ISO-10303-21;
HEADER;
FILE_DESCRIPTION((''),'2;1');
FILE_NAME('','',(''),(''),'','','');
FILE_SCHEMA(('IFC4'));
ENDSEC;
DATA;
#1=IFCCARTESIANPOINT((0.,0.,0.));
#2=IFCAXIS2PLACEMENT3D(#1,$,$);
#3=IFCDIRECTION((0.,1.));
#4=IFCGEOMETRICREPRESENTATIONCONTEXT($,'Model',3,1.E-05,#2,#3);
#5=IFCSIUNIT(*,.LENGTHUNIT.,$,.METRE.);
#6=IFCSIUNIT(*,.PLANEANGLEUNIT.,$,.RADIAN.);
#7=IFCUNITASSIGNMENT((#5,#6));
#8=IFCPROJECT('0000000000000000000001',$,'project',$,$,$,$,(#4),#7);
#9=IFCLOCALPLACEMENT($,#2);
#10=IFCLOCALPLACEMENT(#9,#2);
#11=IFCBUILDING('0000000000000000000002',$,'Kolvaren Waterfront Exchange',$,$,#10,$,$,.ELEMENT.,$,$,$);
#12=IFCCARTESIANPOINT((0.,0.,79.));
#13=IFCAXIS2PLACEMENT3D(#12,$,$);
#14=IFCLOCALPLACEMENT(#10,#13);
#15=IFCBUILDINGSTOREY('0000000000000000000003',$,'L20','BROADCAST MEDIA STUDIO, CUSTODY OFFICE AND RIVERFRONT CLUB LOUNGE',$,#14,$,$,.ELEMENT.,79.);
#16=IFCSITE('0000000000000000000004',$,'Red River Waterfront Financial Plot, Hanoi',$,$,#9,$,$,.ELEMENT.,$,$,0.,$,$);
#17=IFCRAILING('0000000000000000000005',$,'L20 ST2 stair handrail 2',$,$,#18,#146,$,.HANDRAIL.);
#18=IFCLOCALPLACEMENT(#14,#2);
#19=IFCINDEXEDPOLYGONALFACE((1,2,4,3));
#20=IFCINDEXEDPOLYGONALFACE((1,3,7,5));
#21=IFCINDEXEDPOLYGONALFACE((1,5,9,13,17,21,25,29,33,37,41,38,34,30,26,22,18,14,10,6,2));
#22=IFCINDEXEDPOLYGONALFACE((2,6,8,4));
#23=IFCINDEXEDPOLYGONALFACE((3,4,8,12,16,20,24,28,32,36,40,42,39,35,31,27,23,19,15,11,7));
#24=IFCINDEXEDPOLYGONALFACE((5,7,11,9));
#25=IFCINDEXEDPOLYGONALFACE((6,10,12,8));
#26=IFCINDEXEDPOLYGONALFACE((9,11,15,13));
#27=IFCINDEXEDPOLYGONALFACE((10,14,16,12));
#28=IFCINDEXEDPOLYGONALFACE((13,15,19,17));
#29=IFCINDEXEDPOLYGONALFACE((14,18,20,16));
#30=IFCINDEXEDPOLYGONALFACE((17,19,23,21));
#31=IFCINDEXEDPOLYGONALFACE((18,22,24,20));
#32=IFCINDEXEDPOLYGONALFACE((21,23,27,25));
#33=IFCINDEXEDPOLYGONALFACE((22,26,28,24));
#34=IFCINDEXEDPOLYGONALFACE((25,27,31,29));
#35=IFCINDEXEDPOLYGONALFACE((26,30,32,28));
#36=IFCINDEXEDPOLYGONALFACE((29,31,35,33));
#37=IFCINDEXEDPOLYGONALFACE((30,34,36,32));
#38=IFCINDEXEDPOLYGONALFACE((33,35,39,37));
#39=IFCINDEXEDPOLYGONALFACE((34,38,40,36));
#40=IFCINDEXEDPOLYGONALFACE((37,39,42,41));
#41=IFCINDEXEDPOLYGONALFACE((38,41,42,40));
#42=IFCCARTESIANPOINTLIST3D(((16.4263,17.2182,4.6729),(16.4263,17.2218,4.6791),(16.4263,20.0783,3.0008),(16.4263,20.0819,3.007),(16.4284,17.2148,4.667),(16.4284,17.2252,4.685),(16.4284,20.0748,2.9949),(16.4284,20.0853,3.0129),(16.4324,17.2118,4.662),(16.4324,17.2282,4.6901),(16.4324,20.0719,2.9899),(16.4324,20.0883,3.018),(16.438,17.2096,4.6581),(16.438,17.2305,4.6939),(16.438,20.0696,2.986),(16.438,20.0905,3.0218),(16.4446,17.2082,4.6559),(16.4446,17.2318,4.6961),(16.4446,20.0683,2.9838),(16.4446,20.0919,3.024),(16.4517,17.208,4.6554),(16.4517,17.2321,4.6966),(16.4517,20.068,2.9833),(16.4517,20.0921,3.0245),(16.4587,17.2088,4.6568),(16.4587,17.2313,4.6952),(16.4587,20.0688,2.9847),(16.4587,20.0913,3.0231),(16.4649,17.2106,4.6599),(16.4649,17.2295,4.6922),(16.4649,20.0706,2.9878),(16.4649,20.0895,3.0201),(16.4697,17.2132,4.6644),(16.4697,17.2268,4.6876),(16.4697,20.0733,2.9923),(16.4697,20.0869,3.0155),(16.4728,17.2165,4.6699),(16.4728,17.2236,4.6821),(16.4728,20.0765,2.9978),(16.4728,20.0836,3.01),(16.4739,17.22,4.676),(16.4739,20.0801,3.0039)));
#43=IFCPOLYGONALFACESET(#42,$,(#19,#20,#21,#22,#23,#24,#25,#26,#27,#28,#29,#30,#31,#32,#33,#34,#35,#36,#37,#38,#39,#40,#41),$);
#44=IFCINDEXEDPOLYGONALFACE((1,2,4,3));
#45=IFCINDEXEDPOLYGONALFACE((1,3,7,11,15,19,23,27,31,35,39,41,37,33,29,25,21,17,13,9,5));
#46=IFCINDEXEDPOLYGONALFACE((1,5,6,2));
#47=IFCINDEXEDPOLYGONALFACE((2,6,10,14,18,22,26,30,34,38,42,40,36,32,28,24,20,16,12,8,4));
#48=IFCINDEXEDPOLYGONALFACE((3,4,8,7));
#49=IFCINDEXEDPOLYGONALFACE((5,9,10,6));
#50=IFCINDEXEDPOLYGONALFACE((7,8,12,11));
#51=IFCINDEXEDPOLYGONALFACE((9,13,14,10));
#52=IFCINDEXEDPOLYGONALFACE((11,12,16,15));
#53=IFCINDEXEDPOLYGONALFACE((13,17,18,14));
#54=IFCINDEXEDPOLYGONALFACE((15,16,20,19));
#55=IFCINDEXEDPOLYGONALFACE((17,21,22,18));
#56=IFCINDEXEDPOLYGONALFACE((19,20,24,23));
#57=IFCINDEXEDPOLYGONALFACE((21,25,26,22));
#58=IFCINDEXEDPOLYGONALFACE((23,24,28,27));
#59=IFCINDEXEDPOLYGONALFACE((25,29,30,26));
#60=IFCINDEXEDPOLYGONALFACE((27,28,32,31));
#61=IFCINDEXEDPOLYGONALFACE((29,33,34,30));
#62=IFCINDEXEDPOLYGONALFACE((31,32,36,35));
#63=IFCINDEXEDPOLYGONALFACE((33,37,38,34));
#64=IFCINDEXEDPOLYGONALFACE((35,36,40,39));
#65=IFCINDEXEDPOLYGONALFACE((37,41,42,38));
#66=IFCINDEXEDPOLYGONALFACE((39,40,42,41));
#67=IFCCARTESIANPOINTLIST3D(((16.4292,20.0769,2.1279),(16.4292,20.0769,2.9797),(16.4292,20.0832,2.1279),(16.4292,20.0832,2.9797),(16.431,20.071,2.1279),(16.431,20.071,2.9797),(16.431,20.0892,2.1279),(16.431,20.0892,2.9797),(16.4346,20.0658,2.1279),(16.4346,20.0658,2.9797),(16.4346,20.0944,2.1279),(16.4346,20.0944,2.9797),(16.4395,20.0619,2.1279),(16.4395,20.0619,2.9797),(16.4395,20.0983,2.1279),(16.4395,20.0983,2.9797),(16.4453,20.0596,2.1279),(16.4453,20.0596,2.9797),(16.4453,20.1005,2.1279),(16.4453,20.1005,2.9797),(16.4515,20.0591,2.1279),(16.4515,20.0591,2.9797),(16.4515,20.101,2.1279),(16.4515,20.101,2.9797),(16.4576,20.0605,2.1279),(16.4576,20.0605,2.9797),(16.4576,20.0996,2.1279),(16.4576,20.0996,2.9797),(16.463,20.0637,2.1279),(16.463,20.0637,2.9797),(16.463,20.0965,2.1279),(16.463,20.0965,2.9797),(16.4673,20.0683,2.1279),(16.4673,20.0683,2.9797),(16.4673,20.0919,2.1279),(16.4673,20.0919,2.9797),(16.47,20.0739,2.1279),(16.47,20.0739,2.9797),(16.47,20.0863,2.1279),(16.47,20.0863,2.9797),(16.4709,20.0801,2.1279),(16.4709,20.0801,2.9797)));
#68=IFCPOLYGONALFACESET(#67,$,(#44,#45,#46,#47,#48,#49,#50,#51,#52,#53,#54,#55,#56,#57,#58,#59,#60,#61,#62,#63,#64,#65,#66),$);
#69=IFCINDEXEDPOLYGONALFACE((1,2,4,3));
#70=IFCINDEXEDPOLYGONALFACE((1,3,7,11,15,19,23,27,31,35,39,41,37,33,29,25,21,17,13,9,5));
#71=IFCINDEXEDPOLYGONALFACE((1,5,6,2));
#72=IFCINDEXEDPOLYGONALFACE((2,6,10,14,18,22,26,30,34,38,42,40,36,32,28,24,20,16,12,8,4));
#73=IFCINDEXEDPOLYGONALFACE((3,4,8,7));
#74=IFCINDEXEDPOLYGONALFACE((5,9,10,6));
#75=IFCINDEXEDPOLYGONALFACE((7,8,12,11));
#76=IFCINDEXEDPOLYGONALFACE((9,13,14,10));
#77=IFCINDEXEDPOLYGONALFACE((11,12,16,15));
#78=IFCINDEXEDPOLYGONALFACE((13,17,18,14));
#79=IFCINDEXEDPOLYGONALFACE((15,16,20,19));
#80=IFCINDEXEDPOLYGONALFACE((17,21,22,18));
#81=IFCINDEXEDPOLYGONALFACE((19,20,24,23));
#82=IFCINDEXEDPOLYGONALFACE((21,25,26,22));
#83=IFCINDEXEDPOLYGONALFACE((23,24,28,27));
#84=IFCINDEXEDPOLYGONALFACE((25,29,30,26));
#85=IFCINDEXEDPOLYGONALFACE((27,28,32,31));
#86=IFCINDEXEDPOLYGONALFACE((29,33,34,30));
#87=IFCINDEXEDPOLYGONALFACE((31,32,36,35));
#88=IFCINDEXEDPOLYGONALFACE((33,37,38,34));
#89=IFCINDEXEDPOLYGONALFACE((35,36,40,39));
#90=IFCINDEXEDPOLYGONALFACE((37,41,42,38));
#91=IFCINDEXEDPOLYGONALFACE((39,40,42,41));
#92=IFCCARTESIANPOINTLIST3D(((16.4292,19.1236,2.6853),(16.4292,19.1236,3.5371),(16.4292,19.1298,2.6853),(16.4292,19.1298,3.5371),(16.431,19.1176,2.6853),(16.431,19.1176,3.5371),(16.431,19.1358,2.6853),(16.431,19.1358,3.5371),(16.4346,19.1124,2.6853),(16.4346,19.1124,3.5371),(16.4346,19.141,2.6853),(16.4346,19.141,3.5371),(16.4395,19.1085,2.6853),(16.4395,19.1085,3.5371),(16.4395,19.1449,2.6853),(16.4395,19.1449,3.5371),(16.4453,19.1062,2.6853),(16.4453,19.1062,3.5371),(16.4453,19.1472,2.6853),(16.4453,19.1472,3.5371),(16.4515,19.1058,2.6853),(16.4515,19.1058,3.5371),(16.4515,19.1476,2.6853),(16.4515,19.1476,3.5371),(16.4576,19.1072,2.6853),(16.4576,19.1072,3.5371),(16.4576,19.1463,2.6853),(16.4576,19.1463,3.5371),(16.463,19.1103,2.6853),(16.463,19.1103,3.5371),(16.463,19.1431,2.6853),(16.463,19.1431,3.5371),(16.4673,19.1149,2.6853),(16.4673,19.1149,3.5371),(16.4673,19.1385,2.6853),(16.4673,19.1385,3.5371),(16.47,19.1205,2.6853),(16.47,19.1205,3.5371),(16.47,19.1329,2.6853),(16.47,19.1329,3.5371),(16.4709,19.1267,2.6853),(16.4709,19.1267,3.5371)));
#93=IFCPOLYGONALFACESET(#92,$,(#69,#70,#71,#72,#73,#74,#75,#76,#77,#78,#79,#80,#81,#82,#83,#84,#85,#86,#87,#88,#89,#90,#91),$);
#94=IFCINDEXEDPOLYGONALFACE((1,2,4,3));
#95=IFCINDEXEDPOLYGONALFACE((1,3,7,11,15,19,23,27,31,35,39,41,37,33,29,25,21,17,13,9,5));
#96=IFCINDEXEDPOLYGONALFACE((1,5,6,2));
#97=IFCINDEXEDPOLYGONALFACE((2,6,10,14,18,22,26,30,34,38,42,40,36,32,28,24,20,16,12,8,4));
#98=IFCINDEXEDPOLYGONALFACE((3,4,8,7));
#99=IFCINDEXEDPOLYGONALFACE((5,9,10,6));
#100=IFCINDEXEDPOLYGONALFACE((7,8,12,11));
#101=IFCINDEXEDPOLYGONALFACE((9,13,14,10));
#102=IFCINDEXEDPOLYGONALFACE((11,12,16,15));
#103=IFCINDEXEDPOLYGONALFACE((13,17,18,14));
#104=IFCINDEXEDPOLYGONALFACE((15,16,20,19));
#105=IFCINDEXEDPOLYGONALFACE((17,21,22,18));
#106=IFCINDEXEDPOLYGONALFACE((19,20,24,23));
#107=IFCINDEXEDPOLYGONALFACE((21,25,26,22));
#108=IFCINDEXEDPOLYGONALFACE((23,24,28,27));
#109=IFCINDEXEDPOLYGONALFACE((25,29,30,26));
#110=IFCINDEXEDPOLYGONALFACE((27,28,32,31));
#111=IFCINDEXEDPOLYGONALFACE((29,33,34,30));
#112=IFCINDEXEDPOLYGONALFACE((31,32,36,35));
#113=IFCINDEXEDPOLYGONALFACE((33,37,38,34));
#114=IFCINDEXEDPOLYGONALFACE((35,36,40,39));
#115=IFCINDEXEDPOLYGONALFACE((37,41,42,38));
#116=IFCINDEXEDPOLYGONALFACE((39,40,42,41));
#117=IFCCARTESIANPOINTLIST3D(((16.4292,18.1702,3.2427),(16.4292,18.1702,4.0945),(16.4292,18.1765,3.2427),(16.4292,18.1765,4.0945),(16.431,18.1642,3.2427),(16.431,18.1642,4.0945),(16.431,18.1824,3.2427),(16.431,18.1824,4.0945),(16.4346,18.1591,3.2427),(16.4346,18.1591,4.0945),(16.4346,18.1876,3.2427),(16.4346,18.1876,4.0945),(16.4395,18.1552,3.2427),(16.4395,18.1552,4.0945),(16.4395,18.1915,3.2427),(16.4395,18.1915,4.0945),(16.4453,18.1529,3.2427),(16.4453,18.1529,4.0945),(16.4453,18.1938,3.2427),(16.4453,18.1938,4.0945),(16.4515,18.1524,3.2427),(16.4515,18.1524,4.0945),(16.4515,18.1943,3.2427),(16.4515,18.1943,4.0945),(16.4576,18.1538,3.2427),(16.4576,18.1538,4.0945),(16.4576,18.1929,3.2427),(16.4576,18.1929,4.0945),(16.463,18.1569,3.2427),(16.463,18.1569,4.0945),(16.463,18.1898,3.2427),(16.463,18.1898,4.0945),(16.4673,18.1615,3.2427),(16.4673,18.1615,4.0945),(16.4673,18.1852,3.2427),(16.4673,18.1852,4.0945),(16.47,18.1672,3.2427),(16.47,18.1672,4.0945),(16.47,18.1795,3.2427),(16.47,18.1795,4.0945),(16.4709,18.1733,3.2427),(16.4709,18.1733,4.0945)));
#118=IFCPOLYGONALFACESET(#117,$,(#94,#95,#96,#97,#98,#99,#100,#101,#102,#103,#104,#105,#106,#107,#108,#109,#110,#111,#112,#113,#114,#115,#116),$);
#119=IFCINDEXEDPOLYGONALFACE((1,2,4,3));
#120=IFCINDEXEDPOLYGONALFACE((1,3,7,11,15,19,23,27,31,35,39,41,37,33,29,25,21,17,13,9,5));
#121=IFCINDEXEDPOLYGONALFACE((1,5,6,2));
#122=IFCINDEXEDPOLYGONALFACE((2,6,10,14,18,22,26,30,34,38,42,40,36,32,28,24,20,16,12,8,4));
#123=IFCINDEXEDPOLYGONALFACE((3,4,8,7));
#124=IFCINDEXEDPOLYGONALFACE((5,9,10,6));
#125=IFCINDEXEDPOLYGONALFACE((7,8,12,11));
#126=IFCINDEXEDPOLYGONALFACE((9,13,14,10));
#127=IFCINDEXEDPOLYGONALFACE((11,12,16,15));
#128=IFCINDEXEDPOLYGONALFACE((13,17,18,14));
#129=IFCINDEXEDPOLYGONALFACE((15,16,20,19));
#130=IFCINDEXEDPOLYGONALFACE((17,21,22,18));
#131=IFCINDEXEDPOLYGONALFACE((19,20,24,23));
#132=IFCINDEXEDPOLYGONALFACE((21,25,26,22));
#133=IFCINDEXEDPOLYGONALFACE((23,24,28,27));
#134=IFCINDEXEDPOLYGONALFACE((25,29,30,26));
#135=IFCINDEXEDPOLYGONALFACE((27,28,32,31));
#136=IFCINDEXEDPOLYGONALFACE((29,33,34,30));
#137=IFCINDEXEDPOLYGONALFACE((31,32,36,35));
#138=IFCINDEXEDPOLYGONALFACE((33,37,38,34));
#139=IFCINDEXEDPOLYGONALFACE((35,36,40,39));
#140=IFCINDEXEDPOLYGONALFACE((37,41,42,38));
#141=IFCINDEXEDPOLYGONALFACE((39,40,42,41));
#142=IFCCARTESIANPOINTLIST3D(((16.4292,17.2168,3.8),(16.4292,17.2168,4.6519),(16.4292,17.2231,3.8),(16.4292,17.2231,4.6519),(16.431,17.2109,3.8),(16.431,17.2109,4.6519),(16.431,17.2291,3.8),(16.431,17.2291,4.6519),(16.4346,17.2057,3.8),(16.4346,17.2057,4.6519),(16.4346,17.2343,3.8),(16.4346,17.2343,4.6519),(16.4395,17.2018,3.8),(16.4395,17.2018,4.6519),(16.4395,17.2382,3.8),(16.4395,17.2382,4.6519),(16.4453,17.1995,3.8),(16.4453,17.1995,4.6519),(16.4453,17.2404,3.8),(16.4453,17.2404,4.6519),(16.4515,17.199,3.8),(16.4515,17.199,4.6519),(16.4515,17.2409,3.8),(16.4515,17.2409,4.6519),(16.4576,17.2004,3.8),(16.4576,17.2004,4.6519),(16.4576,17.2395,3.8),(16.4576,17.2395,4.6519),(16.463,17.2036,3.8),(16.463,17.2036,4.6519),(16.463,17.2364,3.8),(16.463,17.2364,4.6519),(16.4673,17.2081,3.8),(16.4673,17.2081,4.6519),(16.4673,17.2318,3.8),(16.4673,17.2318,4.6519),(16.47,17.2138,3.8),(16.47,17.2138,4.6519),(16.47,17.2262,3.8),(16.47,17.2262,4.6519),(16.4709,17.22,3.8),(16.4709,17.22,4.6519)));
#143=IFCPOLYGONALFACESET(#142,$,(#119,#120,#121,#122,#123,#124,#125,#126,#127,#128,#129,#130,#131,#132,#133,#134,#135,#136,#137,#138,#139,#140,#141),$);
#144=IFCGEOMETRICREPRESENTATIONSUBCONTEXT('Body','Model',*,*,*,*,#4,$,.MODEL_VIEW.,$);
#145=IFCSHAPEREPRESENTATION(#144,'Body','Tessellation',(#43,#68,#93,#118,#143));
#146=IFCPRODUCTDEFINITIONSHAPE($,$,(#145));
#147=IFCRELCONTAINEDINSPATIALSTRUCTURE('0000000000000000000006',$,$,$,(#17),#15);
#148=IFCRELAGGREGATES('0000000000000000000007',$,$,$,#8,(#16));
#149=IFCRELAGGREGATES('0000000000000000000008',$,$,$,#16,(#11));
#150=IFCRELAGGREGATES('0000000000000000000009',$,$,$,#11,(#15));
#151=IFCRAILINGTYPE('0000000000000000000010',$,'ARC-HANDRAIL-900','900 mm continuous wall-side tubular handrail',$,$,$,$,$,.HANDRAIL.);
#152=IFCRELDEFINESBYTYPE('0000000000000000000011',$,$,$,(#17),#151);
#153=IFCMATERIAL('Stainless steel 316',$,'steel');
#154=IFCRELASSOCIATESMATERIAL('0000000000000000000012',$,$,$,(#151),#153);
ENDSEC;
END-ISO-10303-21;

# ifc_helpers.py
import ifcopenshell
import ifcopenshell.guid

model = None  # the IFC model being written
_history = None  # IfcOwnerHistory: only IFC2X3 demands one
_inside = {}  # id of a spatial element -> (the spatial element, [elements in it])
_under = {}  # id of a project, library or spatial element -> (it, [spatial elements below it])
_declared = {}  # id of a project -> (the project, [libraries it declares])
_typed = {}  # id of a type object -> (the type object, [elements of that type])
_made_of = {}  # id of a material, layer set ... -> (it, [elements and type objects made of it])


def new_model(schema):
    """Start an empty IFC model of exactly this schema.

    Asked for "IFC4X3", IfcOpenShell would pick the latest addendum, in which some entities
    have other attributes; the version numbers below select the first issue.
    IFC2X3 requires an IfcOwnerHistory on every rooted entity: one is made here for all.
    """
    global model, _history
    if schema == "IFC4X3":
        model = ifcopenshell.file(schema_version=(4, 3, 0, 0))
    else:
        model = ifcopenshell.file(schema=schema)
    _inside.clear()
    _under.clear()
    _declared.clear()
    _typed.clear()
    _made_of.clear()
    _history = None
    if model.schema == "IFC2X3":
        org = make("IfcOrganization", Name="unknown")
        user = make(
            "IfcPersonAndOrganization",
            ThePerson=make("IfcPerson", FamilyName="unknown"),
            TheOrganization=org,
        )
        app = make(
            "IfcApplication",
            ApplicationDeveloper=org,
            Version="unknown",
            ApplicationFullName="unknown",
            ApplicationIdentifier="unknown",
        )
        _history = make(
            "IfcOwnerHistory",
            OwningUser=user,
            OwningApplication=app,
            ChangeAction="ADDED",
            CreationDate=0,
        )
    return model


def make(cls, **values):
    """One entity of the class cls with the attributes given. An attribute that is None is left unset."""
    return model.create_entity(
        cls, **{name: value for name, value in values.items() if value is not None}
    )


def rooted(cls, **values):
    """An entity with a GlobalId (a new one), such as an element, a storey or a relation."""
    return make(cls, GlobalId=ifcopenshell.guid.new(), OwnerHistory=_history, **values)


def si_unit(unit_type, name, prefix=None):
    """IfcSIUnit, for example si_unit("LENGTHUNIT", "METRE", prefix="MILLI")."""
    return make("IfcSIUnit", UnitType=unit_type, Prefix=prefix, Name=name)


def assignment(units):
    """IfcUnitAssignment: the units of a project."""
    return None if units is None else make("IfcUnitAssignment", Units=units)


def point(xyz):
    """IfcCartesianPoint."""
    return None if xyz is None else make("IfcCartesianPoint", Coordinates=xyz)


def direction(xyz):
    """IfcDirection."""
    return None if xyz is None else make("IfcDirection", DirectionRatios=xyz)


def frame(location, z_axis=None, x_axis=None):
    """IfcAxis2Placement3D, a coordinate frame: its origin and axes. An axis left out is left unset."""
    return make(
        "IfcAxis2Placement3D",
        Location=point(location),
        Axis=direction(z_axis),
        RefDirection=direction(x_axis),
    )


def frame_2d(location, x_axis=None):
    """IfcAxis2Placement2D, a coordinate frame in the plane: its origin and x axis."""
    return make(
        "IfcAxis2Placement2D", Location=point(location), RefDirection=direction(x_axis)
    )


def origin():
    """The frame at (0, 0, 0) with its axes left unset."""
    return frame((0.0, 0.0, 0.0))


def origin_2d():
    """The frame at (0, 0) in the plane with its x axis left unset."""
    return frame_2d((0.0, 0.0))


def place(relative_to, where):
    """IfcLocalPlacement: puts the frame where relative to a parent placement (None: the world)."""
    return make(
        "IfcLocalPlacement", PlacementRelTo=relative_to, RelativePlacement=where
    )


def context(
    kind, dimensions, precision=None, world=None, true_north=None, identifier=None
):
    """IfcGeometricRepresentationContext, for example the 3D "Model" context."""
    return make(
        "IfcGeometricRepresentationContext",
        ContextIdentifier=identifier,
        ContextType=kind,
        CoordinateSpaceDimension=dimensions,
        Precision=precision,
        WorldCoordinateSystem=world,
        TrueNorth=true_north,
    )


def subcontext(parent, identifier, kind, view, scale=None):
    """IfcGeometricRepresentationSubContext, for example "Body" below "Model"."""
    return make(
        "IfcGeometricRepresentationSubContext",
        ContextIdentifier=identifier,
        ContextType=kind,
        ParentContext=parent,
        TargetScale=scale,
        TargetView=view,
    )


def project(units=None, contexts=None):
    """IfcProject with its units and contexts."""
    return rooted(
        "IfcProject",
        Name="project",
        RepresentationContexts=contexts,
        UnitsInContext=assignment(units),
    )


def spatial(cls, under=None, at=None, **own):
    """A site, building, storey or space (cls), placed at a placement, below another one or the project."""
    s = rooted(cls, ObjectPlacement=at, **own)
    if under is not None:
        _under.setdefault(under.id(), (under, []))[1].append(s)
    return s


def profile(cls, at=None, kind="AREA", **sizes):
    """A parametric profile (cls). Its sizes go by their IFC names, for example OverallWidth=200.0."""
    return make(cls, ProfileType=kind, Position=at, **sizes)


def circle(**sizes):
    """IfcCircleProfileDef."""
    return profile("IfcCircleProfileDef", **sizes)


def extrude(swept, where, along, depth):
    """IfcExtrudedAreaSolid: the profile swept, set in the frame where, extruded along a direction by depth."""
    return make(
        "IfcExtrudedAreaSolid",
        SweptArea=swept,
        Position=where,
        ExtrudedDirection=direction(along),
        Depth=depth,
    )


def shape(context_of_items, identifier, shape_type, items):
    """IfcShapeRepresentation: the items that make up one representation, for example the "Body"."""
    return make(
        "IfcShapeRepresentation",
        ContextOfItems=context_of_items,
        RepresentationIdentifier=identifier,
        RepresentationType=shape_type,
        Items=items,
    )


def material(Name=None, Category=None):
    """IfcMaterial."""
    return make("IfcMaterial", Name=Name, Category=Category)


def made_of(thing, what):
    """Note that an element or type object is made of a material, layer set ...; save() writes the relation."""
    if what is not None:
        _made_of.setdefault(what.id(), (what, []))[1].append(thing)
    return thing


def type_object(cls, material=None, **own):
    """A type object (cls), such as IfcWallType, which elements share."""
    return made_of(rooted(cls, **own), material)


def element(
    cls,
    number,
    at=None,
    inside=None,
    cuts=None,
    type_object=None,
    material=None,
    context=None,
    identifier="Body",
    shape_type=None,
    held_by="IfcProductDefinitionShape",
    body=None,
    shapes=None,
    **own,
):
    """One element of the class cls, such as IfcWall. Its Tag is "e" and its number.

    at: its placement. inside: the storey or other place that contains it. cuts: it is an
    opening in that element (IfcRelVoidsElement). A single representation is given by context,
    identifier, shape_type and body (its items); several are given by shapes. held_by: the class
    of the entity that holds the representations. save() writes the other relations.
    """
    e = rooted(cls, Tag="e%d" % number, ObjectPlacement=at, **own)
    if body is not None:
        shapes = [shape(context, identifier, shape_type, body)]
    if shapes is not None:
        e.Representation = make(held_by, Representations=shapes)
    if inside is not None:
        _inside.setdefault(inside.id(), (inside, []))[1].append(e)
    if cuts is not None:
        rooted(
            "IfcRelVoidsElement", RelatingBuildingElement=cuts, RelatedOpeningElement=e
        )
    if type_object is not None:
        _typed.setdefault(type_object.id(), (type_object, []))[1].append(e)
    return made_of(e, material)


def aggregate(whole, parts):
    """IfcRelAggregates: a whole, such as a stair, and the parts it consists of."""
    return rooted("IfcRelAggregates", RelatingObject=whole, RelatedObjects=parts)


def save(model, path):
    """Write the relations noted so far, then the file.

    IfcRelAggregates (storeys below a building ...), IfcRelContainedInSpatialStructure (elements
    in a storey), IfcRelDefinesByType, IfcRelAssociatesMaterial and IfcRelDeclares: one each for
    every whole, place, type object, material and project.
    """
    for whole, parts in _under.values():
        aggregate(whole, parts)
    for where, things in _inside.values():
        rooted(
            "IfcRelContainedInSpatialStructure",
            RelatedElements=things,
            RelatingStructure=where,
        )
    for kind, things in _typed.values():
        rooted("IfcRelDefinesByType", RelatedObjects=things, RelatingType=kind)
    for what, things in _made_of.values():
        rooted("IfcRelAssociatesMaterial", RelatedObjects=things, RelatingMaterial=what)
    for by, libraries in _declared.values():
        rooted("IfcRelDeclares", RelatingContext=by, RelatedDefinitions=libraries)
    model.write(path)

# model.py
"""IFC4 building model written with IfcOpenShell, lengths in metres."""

from ifc_helpers import new_model, si_unit, direction, frame, origin, origin_2d, place, context, subcontext, project, spatial, circle, extrude, material, type_object, element, save


model = new_model("IFC4")

# Units and contexts
model_context = context("Model", 3, precision=1e-05, world=origin(), true_north=direction((0.0, 1.0)))
body_context = subcontext(model_context, "Body", "Model", "MODEL_VIEW")
ifc_project = project(units=[si_unit("LENGTHUNIT", "METRE"), si_unit("PLANEANGLEUNIT", "RADIAN")], contexts=[model_context])

# Site, building, storey
site_placement = place(None, origin())
site = spatial("IfcSite", under=ifc_project, at=site_placement, Name="Red River Waterfront Financial Plot, Hanoi", CompositionType="ELEMENT", RefElevation=0.0)
building_placement = place(site_placement, origin())
building = spatial("IfcBuilding", under=site, at=building_placement, Name="Kolvaren Waterfront Exchange", CompositionType="ELEMENT")
storey_placement = place(building_placement, frame((0.0, 0.0, 79.0)))
storey = spatial("IfcBuildingStorey", under=building, at=storey_placement, Name="L20", Description="BROADCAST MEDIA STUDIO, CUSTODY OFFICE AND RIVERFRONT CLUB LOUNGE", CompositionType="ELEMENT", Elevation=79.0)

# Railing
ifc_material_1 = material(Name="Stainless steel 316", Category="steel")
railing_type_1 = type_object("IfcRailingType", Name="ARC-HANDRAIL-900", Description="900 mm continuous wall-side tubular handrail", PredefinedType="HANDRAIL", material=ifc_material_1)
railing_1_placement = place(storey_placement, frame((16.45, 20.0801, 2.1279)))
element("IfcRailing", 1, at=railing_1_placement, inside=storey, type_object=railing_type_1, Name="L20 ST2 stair handrail 2", PredefinedType="HANDRAIL", context=body_context, shape_type="SweptSolid", body=[
    extrude(circle(Radius=0.0239, at=origin_2d()), frame((0.0, 0.0, 0.876), z_axis=(0.0, -0.863289, 0.504709), x_axis=(1.0, 0.0, 0.0)), (0.0, 0.0, 1.0), 3.313),
    extrude(circle(Radius=0.021, at=origin_2d()), origin(), (0.0, 0.0, 1.0), 0.8518),
    extrude(circle(Radius=0.021, at=origin_2d()), frame((0.0, -0.9534, 0.5574)), (0.0, 0.0, 1.0), 0.8518),
    extrude(circle(Radius=0.021, at=origin_2d()), frame((0.0, -1.9067, 1.1147)), (0.0, 0.0, 1.0), 0.8518),
    extrude(circle(Radius=0.021, at=origin_2d()), frame((0.0, -2.8601, 1.6721)), (0.0, 0.0, 1.0), 0.8518),
])

save(model, "model.ifc")
